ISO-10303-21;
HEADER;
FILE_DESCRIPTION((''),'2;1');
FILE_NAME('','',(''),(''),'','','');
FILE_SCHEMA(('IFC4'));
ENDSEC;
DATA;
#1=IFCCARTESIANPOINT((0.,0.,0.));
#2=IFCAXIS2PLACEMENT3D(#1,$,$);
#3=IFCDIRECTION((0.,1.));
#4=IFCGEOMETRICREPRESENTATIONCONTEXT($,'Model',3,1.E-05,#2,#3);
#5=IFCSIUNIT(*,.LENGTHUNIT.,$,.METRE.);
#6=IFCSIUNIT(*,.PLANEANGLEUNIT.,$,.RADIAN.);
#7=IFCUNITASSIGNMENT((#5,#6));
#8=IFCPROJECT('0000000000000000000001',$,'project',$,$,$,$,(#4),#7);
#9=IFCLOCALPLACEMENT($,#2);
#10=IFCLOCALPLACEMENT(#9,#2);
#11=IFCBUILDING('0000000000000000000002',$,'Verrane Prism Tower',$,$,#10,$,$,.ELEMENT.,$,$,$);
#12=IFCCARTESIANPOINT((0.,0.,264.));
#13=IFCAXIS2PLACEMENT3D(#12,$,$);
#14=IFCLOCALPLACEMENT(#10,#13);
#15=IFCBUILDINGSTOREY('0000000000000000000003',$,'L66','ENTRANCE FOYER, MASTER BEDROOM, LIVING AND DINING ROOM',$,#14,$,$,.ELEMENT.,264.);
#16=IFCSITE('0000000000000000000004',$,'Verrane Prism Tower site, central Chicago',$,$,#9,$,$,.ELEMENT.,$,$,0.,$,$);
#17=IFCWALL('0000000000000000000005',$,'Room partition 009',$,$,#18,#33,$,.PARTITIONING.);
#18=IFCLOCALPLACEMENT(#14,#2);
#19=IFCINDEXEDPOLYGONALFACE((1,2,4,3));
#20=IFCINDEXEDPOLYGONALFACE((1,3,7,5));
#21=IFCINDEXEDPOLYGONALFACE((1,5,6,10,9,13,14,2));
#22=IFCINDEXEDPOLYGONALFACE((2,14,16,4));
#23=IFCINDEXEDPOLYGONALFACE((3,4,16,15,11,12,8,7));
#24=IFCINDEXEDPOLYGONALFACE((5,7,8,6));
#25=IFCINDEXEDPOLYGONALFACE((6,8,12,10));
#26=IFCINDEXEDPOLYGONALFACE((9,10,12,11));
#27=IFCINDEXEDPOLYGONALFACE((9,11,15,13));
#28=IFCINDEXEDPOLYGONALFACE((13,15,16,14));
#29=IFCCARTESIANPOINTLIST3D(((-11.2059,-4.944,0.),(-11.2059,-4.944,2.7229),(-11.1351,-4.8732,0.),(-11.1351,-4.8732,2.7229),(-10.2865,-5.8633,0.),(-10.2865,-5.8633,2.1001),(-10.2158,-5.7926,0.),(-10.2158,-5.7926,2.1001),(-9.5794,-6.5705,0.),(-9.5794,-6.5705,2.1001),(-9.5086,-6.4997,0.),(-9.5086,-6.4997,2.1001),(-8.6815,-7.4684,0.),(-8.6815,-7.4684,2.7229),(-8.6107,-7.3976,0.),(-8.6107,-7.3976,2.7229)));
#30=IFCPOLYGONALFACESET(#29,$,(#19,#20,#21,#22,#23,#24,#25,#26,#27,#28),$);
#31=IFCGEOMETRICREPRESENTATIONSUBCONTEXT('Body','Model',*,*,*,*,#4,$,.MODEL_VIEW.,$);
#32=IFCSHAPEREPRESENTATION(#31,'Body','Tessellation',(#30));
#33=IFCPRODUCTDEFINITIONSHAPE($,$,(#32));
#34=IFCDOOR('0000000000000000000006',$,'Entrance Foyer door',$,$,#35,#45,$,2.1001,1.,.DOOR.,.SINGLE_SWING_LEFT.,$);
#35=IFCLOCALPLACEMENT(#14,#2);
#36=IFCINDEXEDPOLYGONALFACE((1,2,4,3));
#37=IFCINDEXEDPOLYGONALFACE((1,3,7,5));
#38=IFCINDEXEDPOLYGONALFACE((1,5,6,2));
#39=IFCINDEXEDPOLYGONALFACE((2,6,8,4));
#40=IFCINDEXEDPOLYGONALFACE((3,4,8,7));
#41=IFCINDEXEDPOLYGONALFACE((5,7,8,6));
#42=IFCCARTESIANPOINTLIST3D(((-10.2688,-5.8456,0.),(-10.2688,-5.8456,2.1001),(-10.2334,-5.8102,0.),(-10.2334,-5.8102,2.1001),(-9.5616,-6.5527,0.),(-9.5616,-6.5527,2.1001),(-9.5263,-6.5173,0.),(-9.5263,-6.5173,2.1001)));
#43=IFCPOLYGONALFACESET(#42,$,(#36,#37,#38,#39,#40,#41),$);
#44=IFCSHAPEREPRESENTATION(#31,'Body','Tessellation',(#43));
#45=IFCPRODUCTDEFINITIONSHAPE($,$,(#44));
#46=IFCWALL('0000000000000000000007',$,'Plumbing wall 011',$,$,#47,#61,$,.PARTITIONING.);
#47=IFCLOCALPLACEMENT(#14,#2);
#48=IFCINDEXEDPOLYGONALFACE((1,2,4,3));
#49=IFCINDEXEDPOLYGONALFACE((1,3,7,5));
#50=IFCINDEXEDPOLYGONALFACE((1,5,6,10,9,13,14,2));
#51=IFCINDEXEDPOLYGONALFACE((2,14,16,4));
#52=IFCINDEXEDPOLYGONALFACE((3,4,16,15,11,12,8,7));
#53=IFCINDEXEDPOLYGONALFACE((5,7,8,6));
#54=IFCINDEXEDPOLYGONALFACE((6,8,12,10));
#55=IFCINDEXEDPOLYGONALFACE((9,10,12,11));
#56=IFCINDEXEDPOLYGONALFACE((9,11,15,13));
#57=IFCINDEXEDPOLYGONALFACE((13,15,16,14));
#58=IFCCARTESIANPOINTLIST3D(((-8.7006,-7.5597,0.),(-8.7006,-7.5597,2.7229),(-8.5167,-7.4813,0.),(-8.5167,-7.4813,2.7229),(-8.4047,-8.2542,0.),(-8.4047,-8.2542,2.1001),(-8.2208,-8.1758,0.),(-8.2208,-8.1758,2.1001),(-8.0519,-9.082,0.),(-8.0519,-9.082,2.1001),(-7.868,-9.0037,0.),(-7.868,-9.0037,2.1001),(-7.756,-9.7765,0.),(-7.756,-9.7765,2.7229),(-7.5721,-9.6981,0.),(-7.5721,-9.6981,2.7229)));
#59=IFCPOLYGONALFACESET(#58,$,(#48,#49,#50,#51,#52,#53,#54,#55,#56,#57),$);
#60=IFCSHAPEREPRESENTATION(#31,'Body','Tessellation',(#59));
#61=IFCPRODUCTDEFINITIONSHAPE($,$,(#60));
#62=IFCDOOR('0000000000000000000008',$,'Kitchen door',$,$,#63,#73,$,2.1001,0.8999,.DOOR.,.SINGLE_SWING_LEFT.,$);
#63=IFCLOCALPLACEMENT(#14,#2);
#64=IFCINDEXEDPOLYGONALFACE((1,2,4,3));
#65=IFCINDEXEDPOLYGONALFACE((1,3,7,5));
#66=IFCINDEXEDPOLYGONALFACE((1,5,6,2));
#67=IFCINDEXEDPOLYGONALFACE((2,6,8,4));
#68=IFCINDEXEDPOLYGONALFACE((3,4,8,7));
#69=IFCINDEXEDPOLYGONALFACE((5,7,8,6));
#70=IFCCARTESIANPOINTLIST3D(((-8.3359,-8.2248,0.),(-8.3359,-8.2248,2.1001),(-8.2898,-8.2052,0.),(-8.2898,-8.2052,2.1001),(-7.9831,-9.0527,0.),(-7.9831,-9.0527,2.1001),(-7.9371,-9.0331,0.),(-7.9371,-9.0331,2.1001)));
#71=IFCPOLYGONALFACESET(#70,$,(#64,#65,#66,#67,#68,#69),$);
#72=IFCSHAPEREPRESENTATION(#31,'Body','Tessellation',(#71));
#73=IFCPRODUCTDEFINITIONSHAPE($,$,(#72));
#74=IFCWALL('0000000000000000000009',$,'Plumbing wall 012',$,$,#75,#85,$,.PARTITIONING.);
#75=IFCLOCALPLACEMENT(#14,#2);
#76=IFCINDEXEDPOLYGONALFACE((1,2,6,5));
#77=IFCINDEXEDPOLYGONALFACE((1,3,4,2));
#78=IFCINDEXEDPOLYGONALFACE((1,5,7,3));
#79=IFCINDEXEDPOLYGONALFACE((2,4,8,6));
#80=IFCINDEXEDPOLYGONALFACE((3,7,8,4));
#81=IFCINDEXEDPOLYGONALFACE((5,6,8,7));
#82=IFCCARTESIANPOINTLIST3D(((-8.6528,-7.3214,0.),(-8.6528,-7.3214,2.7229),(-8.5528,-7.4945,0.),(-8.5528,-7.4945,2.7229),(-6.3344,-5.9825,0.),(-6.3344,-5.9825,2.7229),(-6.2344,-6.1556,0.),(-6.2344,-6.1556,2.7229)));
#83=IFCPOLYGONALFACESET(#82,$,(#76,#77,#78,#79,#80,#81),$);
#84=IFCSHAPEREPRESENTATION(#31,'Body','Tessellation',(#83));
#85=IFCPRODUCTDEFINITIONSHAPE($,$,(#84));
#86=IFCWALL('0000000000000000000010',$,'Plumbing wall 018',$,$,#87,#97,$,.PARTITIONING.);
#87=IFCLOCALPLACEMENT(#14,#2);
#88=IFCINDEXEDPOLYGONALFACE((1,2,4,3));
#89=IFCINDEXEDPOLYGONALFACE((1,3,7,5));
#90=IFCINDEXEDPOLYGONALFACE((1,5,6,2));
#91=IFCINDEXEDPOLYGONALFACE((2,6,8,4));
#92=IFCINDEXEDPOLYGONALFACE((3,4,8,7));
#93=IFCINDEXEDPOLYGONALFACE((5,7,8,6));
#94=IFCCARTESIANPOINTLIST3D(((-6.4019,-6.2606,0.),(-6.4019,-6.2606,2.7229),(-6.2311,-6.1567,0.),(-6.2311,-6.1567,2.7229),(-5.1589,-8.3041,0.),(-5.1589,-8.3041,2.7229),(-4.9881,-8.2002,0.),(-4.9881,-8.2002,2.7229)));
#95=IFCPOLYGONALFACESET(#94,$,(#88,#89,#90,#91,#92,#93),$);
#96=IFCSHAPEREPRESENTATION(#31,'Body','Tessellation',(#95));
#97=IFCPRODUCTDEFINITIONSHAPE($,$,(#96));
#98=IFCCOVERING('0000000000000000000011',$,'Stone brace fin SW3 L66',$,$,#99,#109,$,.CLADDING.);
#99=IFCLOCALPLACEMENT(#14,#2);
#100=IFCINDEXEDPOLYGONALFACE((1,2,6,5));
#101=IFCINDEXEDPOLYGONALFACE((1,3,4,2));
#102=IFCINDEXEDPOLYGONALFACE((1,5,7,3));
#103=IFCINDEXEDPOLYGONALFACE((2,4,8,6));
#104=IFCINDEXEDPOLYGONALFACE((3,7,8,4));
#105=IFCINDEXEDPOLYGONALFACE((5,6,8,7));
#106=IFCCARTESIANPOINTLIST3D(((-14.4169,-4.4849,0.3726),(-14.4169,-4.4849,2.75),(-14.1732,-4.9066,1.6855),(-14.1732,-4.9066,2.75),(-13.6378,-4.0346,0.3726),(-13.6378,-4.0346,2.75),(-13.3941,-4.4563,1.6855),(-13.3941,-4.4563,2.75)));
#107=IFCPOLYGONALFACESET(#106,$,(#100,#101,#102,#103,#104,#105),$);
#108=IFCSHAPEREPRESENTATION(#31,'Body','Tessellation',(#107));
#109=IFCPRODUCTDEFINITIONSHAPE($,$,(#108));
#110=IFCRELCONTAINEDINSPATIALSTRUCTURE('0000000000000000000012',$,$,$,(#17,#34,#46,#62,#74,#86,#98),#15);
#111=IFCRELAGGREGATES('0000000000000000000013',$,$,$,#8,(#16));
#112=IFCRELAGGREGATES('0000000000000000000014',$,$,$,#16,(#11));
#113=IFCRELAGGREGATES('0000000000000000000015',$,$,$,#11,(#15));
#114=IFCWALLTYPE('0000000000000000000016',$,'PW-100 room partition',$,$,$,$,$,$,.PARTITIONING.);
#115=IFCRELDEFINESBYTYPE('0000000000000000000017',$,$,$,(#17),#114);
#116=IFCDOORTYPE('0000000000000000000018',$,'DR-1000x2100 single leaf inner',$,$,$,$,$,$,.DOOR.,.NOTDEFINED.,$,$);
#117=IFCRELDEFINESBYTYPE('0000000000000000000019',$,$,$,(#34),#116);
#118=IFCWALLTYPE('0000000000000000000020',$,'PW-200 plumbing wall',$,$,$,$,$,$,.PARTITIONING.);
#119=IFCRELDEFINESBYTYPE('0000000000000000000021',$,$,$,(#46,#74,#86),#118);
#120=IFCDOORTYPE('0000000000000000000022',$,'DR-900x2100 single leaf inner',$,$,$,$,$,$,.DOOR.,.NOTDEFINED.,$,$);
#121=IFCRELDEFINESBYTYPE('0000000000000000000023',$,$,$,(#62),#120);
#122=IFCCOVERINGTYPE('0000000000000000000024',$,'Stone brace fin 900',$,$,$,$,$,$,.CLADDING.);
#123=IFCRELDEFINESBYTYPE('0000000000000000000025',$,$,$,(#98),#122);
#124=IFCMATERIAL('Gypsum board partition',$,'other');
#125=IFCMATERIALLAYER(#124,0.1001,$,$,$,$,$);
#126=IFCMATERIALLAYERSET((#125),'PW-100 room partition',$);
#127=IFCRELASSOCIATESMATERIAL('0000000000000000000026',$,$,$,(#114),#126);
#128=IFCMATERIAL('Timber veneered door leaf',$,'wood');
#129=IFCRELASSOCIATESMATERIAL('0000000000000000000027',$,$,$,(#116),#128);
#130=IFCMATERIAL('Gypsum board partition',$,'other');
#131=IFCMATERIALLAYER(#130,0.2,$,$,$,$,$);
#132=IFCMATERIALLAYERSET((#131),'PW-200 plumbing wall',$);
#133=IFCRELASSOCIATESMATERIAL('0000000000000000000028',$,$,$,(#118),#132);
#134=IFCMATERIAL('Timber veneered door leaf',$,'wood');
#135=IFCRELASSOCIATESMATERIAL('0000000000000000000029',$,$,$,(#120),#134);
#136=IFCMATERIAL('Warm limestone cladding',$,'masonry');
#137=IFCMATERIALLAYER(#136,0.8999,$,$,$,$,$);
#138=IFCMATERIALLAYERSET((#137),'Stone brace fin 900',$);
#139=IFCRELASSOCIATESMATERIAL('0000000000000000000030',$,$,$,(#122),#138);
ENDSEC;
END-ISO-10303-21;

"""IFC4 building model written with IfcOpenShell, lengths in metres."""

from ifc_helpers import new_model, si_unit, direction, frame, frame_2d, origin, place, context, subcontext, project, spatial, polyline, rectangle, outline, extrude, material, layer, layer_set, type_object, element, fill, save


model = new_model("IFC4")

# Units and contexts
model_context = context("Model", 3, precision=1e-05, world=origin(), true_north=direction((0.0, 1.0)))
body_context = subcontext(model_context, "Body", "Model", "MODEL_VIEW")
ifc_project = project(units=[si_unit("LENGTHUNIT", "METRE"), si_unit("PLANEANGLEUNIT", "RADIAN")], contexts=[model_context])

# Site, building, storey
site_placement = place(None, origin())
site = spatial("IfcSite", under=ifc_project, at=site_placement, Name="Verrane Prism Tower site, central Chicago", CompositionType="ELEMENT", RefElevation=0.0)
building_placement = place(site_placement, origin())
building = spatial("IfcBuilding", under=site, at=building_placement, Name="Verrane Prism Tower", CompositionType="ELEMENT")
storey_placement = place(building_placement, frame((0.0, 0.0, 264.0)))
storey = spatial("IfcBuildingStorey", under=building, at=storey_placement, Name="L66", Description="ENTRANCE FOYER, MASTER BEDROOM, LIVING AND DINING ROOM", CompositionType="ELEMENT", Elevation=264.0)

# Shared definitions
ifc_material_1 = material(Name="Gypsum board partition", Category="other")
ifc_layer_1 = layer(ifc_material_1, 0.1001)
ifc_layer_set_1 = layer_set([ifc_layer_1], Name="PW-100 room partition")
wall_type_1 = type_object("IfcWallType", Name="PW-100 room partition", PredefinedType="PARTITIONING", material=ifc_layer_set_1)

# Walls, openings, doors
wall_1_placement = place(storey_placement, frame((-8.646, -7.4331, 0.0), z_axis=(0.0, 0.0, 1.0), x_axis=(-0.707107, 0.707107, 0.0)))
wall_1 = element("IfcWall", 1, at=wall_1_placement, inside=storey, type_object=wall_type_1, Name="Room partition 009", PredefinedType="PARTITIONING", context=body_context, shape_type="SweptSolid", body=[
    extrude(rectangle(XDim=3.5701, YDim=0.1001, at=frame_2d((1.7852, 0.0))), origin(), (0.0, 0.0, 1.0), 2.7229),
])
opening_1_placement = place(wall_1_placement, frame((1.27, 0.0, 0.0)))
opening_1 = element("IfcOpeningElement", 2, at=opening_1_placement, cuts=wall_1, PredefinedType="OPENING", context=body_context, shape_type="SweptSolid", body=[
    extrude(rectangle(XDim=1.0, YDim=2.1001, at=frame_2d((0.5, 1.05))), frame((0.0, 0.0601, 0.0), z_axis=(0.0, -1.0, 0.0), x_axis=(1.0, 0.0, 0.0)), (0.0, 0.0, 1.0), 0.1201),
])
ifc_material_2 = material(Name="Timber veneered door leaf", Category="wood")
door_type_1 = type_object("IfcDoorType", Name="DR-1000x2100 single leaf inner", OperationType="NOTDEFINED", PredefinedType="DOOR", material=ifc_material_2)
door_1_placement = place(opening_1_placement, origin())
door_1 = element("IfcDoor", 3, at=door_1_placement, inside=storey, type_object=door_type_1, Name="Entrance Foyer door", OperationType="SINGLE_SWING_LEFT", OverallHeight=2.1001, OverallWidth=1.0, PredefinedType="DOOR", context=body_context, shape_type="SweptSolid", body=[
    extrude(rectangle(XDim=1.0, YDim=2.1001, at=frame_2d((0.5, 1.05))), frame((0.0, 0.0249, 0.0), z_axis=(0.0, -1.0, 0.0), x_axis=(1.0, 0.0, 0.0)), (0.0, 0.0, 1.0), 0.05),
])
fill(opening_1, door_1)
ifc_material_3 = material(Name="Gypsum board partition", Category="other")
ifc_layer_2 = layer(ifc_material_3, 0.2)
ifc_layer_set_2 = layer_set([ifc_layer_2], Name="PW-200 plumbing wall")
wall_type_2 = type_object("IfcWallType", Name="PW-200 plumbing wall", PredefinedType="PARTITIONING", material=ifc_layer_set_2)
wall_2_placement = place(storey_placement, frame((-8.6086, -7.5205, 0.0), z_axis=(0.0, 0.0, 1.0), x_axis=(0.391999, -0.919966, 0.0)))
wall_2 = element("IfcWall", 4, at=wall_2_placement, inside=storey, type_object=wall_type_2, Name="Plumbing wall 011", PredefinedType="PARTITIONING", context=body_context, shape_type="SweptSolid", body=[
    extrude(rectangle(XDim=2.4097, YDim=0.2, at=frame_2d((1.2048, 0.0))), origin(), (0.0, 0.0, 1.0), 2.7229),
])
opening_2_placement = place(wall_2_placement, frame((0.7549, 0.0, 0.0)))
opening_2 = element("IfcOpeningElement", 5, at=opening_2_placement, cuts=wall_2, PredefinedType="OPENING", context=body_context, shape_type="SweptSolid", body=[
    extrude(rectangle(XDim=0.8999, YDim=2.1001, at=frame_2d((0.45, 1.05))), frame((0.0, 0.1099, 0.0), z_axis=(0.0, -1.0, 0.0), x_axis=(1.0, 0.0, 0.0)), (0.0, 0.0, 1.0), 0.22),
])
ifc_material_4 = material(Name="Timber veneered door leaf", Category="wood")
door_type_2 = type_object("IfcDoorType", Name="DR-900x2100 single leaf inner", OperationType="NOTDEFINED", PredefinedType="DOOR", material=ifc_material_4)
door_2_placement = place(opening_2_placement, origin())
door_2 = element("IfcDoor", 6, at=door_2_placement, inside=storey, type_object=door_type_2, Name="Kitchen door", OperationType="SINGLE_SWING_LEFT", OverallHeight=2.1001, OverallWidth=0.8999, PredefinedType="DOOR", context=body_context, shape_type="SweptSolid", body=[
    extrude(rectangle(XDim=0.8999, YDim=2.1001, at=frame_2d((0.45, 1.05))), frame((0.0, 0.0249, 0.0), z_axis=(0.0, -1.0, 0.0), x_axis=(1.0, 0.0, 0.0)), (0.0, 0.0, 1.0), 0.05),
])
fill(opening_2, door_2)

# Walls
wall_3_placement = place(storey_placement, frame((-8.6028, -7.408, 0.0), z_axis=(0.0, 0.0, 1.0), x_axis=(0.865967, 0.500101, 0.0)))
element("IfcWall", 7, at=wall_3_placement, inside=storey, type_object=wall_type_2, Name="Plumbing wall 012", PredefinedType="PARTITIONING", context=body_context, shape_type="SweptSolid", body=[
    extrude(rectangle(XDim=2.6772, YDim=0.2, at=frame_2d((1.3386, 0.0))), origin(), (0.0, 0.0, 1.0), 2.7229),
])
wall_4_placement = place(storey_placement, frame((-6.3164, -6.2087, 0.0), z_axis=(0.0, 0.0, 1.0), x_axis=(0.519665, -0.85437, 0.0)))
element("IfcWall", 8, at=wall_4_placement, inside=storey, type_object=wall_type_2, Name="Plumbing wall 018", PredefinedType="PARTITIONING", context=body_context, shape_type="SweptSolid", body=[
    extrude(rectangle(XDim=2.3918, YDim=0.2, at=frame_2d((1.1958, 0.0))), origin(), (0.0, 0.0, 1.0), 2.7229),
])

# Covering
ifc_material_5 = material(Name="Warm limestone cladding", Category="masonry")
ifc_layer_3 = layer(ifc_material_5, 0.8999)
ifc_layer_set_3 = layer_set([ifc_layer_3], Name="Stone brace fin 900")
covering_type = type_object("IfcCoveringType", Name="Stone brace fin 900", PredefinedType="CLADDING", material=ifc_layer_set_3)
covering_placement = place(storey_placement, frame((-14.0273, -4.2598, 0.3726), z_axis=(0.0, 0.0, 1.0), x_axis=(0.500344, -0.865826, 0.0)))
element("IfcCovering", 9, at=covering_placement, inside=storey, type_object=covering_type, Name="Stone brace fin SW3 L66", PredefinedType="CLADDING", context=body_context, shape_type="SweptSolid", body=[
    extrude(outline(polyline([(0.4871, 2.3774), (0.0, 2.3774), (0.0, 0.0), (0.4871, 1.313), (0.4871, 2.3774)])), frame((0.0, 0.45, 0.0), z_axis=(0.0, -1.0, 0.0), x_axis=(1.0, 0.0, 0.0)), (0.0, 0.0, 1.0), 0.8999),
])

save(model, "model.ifc")
